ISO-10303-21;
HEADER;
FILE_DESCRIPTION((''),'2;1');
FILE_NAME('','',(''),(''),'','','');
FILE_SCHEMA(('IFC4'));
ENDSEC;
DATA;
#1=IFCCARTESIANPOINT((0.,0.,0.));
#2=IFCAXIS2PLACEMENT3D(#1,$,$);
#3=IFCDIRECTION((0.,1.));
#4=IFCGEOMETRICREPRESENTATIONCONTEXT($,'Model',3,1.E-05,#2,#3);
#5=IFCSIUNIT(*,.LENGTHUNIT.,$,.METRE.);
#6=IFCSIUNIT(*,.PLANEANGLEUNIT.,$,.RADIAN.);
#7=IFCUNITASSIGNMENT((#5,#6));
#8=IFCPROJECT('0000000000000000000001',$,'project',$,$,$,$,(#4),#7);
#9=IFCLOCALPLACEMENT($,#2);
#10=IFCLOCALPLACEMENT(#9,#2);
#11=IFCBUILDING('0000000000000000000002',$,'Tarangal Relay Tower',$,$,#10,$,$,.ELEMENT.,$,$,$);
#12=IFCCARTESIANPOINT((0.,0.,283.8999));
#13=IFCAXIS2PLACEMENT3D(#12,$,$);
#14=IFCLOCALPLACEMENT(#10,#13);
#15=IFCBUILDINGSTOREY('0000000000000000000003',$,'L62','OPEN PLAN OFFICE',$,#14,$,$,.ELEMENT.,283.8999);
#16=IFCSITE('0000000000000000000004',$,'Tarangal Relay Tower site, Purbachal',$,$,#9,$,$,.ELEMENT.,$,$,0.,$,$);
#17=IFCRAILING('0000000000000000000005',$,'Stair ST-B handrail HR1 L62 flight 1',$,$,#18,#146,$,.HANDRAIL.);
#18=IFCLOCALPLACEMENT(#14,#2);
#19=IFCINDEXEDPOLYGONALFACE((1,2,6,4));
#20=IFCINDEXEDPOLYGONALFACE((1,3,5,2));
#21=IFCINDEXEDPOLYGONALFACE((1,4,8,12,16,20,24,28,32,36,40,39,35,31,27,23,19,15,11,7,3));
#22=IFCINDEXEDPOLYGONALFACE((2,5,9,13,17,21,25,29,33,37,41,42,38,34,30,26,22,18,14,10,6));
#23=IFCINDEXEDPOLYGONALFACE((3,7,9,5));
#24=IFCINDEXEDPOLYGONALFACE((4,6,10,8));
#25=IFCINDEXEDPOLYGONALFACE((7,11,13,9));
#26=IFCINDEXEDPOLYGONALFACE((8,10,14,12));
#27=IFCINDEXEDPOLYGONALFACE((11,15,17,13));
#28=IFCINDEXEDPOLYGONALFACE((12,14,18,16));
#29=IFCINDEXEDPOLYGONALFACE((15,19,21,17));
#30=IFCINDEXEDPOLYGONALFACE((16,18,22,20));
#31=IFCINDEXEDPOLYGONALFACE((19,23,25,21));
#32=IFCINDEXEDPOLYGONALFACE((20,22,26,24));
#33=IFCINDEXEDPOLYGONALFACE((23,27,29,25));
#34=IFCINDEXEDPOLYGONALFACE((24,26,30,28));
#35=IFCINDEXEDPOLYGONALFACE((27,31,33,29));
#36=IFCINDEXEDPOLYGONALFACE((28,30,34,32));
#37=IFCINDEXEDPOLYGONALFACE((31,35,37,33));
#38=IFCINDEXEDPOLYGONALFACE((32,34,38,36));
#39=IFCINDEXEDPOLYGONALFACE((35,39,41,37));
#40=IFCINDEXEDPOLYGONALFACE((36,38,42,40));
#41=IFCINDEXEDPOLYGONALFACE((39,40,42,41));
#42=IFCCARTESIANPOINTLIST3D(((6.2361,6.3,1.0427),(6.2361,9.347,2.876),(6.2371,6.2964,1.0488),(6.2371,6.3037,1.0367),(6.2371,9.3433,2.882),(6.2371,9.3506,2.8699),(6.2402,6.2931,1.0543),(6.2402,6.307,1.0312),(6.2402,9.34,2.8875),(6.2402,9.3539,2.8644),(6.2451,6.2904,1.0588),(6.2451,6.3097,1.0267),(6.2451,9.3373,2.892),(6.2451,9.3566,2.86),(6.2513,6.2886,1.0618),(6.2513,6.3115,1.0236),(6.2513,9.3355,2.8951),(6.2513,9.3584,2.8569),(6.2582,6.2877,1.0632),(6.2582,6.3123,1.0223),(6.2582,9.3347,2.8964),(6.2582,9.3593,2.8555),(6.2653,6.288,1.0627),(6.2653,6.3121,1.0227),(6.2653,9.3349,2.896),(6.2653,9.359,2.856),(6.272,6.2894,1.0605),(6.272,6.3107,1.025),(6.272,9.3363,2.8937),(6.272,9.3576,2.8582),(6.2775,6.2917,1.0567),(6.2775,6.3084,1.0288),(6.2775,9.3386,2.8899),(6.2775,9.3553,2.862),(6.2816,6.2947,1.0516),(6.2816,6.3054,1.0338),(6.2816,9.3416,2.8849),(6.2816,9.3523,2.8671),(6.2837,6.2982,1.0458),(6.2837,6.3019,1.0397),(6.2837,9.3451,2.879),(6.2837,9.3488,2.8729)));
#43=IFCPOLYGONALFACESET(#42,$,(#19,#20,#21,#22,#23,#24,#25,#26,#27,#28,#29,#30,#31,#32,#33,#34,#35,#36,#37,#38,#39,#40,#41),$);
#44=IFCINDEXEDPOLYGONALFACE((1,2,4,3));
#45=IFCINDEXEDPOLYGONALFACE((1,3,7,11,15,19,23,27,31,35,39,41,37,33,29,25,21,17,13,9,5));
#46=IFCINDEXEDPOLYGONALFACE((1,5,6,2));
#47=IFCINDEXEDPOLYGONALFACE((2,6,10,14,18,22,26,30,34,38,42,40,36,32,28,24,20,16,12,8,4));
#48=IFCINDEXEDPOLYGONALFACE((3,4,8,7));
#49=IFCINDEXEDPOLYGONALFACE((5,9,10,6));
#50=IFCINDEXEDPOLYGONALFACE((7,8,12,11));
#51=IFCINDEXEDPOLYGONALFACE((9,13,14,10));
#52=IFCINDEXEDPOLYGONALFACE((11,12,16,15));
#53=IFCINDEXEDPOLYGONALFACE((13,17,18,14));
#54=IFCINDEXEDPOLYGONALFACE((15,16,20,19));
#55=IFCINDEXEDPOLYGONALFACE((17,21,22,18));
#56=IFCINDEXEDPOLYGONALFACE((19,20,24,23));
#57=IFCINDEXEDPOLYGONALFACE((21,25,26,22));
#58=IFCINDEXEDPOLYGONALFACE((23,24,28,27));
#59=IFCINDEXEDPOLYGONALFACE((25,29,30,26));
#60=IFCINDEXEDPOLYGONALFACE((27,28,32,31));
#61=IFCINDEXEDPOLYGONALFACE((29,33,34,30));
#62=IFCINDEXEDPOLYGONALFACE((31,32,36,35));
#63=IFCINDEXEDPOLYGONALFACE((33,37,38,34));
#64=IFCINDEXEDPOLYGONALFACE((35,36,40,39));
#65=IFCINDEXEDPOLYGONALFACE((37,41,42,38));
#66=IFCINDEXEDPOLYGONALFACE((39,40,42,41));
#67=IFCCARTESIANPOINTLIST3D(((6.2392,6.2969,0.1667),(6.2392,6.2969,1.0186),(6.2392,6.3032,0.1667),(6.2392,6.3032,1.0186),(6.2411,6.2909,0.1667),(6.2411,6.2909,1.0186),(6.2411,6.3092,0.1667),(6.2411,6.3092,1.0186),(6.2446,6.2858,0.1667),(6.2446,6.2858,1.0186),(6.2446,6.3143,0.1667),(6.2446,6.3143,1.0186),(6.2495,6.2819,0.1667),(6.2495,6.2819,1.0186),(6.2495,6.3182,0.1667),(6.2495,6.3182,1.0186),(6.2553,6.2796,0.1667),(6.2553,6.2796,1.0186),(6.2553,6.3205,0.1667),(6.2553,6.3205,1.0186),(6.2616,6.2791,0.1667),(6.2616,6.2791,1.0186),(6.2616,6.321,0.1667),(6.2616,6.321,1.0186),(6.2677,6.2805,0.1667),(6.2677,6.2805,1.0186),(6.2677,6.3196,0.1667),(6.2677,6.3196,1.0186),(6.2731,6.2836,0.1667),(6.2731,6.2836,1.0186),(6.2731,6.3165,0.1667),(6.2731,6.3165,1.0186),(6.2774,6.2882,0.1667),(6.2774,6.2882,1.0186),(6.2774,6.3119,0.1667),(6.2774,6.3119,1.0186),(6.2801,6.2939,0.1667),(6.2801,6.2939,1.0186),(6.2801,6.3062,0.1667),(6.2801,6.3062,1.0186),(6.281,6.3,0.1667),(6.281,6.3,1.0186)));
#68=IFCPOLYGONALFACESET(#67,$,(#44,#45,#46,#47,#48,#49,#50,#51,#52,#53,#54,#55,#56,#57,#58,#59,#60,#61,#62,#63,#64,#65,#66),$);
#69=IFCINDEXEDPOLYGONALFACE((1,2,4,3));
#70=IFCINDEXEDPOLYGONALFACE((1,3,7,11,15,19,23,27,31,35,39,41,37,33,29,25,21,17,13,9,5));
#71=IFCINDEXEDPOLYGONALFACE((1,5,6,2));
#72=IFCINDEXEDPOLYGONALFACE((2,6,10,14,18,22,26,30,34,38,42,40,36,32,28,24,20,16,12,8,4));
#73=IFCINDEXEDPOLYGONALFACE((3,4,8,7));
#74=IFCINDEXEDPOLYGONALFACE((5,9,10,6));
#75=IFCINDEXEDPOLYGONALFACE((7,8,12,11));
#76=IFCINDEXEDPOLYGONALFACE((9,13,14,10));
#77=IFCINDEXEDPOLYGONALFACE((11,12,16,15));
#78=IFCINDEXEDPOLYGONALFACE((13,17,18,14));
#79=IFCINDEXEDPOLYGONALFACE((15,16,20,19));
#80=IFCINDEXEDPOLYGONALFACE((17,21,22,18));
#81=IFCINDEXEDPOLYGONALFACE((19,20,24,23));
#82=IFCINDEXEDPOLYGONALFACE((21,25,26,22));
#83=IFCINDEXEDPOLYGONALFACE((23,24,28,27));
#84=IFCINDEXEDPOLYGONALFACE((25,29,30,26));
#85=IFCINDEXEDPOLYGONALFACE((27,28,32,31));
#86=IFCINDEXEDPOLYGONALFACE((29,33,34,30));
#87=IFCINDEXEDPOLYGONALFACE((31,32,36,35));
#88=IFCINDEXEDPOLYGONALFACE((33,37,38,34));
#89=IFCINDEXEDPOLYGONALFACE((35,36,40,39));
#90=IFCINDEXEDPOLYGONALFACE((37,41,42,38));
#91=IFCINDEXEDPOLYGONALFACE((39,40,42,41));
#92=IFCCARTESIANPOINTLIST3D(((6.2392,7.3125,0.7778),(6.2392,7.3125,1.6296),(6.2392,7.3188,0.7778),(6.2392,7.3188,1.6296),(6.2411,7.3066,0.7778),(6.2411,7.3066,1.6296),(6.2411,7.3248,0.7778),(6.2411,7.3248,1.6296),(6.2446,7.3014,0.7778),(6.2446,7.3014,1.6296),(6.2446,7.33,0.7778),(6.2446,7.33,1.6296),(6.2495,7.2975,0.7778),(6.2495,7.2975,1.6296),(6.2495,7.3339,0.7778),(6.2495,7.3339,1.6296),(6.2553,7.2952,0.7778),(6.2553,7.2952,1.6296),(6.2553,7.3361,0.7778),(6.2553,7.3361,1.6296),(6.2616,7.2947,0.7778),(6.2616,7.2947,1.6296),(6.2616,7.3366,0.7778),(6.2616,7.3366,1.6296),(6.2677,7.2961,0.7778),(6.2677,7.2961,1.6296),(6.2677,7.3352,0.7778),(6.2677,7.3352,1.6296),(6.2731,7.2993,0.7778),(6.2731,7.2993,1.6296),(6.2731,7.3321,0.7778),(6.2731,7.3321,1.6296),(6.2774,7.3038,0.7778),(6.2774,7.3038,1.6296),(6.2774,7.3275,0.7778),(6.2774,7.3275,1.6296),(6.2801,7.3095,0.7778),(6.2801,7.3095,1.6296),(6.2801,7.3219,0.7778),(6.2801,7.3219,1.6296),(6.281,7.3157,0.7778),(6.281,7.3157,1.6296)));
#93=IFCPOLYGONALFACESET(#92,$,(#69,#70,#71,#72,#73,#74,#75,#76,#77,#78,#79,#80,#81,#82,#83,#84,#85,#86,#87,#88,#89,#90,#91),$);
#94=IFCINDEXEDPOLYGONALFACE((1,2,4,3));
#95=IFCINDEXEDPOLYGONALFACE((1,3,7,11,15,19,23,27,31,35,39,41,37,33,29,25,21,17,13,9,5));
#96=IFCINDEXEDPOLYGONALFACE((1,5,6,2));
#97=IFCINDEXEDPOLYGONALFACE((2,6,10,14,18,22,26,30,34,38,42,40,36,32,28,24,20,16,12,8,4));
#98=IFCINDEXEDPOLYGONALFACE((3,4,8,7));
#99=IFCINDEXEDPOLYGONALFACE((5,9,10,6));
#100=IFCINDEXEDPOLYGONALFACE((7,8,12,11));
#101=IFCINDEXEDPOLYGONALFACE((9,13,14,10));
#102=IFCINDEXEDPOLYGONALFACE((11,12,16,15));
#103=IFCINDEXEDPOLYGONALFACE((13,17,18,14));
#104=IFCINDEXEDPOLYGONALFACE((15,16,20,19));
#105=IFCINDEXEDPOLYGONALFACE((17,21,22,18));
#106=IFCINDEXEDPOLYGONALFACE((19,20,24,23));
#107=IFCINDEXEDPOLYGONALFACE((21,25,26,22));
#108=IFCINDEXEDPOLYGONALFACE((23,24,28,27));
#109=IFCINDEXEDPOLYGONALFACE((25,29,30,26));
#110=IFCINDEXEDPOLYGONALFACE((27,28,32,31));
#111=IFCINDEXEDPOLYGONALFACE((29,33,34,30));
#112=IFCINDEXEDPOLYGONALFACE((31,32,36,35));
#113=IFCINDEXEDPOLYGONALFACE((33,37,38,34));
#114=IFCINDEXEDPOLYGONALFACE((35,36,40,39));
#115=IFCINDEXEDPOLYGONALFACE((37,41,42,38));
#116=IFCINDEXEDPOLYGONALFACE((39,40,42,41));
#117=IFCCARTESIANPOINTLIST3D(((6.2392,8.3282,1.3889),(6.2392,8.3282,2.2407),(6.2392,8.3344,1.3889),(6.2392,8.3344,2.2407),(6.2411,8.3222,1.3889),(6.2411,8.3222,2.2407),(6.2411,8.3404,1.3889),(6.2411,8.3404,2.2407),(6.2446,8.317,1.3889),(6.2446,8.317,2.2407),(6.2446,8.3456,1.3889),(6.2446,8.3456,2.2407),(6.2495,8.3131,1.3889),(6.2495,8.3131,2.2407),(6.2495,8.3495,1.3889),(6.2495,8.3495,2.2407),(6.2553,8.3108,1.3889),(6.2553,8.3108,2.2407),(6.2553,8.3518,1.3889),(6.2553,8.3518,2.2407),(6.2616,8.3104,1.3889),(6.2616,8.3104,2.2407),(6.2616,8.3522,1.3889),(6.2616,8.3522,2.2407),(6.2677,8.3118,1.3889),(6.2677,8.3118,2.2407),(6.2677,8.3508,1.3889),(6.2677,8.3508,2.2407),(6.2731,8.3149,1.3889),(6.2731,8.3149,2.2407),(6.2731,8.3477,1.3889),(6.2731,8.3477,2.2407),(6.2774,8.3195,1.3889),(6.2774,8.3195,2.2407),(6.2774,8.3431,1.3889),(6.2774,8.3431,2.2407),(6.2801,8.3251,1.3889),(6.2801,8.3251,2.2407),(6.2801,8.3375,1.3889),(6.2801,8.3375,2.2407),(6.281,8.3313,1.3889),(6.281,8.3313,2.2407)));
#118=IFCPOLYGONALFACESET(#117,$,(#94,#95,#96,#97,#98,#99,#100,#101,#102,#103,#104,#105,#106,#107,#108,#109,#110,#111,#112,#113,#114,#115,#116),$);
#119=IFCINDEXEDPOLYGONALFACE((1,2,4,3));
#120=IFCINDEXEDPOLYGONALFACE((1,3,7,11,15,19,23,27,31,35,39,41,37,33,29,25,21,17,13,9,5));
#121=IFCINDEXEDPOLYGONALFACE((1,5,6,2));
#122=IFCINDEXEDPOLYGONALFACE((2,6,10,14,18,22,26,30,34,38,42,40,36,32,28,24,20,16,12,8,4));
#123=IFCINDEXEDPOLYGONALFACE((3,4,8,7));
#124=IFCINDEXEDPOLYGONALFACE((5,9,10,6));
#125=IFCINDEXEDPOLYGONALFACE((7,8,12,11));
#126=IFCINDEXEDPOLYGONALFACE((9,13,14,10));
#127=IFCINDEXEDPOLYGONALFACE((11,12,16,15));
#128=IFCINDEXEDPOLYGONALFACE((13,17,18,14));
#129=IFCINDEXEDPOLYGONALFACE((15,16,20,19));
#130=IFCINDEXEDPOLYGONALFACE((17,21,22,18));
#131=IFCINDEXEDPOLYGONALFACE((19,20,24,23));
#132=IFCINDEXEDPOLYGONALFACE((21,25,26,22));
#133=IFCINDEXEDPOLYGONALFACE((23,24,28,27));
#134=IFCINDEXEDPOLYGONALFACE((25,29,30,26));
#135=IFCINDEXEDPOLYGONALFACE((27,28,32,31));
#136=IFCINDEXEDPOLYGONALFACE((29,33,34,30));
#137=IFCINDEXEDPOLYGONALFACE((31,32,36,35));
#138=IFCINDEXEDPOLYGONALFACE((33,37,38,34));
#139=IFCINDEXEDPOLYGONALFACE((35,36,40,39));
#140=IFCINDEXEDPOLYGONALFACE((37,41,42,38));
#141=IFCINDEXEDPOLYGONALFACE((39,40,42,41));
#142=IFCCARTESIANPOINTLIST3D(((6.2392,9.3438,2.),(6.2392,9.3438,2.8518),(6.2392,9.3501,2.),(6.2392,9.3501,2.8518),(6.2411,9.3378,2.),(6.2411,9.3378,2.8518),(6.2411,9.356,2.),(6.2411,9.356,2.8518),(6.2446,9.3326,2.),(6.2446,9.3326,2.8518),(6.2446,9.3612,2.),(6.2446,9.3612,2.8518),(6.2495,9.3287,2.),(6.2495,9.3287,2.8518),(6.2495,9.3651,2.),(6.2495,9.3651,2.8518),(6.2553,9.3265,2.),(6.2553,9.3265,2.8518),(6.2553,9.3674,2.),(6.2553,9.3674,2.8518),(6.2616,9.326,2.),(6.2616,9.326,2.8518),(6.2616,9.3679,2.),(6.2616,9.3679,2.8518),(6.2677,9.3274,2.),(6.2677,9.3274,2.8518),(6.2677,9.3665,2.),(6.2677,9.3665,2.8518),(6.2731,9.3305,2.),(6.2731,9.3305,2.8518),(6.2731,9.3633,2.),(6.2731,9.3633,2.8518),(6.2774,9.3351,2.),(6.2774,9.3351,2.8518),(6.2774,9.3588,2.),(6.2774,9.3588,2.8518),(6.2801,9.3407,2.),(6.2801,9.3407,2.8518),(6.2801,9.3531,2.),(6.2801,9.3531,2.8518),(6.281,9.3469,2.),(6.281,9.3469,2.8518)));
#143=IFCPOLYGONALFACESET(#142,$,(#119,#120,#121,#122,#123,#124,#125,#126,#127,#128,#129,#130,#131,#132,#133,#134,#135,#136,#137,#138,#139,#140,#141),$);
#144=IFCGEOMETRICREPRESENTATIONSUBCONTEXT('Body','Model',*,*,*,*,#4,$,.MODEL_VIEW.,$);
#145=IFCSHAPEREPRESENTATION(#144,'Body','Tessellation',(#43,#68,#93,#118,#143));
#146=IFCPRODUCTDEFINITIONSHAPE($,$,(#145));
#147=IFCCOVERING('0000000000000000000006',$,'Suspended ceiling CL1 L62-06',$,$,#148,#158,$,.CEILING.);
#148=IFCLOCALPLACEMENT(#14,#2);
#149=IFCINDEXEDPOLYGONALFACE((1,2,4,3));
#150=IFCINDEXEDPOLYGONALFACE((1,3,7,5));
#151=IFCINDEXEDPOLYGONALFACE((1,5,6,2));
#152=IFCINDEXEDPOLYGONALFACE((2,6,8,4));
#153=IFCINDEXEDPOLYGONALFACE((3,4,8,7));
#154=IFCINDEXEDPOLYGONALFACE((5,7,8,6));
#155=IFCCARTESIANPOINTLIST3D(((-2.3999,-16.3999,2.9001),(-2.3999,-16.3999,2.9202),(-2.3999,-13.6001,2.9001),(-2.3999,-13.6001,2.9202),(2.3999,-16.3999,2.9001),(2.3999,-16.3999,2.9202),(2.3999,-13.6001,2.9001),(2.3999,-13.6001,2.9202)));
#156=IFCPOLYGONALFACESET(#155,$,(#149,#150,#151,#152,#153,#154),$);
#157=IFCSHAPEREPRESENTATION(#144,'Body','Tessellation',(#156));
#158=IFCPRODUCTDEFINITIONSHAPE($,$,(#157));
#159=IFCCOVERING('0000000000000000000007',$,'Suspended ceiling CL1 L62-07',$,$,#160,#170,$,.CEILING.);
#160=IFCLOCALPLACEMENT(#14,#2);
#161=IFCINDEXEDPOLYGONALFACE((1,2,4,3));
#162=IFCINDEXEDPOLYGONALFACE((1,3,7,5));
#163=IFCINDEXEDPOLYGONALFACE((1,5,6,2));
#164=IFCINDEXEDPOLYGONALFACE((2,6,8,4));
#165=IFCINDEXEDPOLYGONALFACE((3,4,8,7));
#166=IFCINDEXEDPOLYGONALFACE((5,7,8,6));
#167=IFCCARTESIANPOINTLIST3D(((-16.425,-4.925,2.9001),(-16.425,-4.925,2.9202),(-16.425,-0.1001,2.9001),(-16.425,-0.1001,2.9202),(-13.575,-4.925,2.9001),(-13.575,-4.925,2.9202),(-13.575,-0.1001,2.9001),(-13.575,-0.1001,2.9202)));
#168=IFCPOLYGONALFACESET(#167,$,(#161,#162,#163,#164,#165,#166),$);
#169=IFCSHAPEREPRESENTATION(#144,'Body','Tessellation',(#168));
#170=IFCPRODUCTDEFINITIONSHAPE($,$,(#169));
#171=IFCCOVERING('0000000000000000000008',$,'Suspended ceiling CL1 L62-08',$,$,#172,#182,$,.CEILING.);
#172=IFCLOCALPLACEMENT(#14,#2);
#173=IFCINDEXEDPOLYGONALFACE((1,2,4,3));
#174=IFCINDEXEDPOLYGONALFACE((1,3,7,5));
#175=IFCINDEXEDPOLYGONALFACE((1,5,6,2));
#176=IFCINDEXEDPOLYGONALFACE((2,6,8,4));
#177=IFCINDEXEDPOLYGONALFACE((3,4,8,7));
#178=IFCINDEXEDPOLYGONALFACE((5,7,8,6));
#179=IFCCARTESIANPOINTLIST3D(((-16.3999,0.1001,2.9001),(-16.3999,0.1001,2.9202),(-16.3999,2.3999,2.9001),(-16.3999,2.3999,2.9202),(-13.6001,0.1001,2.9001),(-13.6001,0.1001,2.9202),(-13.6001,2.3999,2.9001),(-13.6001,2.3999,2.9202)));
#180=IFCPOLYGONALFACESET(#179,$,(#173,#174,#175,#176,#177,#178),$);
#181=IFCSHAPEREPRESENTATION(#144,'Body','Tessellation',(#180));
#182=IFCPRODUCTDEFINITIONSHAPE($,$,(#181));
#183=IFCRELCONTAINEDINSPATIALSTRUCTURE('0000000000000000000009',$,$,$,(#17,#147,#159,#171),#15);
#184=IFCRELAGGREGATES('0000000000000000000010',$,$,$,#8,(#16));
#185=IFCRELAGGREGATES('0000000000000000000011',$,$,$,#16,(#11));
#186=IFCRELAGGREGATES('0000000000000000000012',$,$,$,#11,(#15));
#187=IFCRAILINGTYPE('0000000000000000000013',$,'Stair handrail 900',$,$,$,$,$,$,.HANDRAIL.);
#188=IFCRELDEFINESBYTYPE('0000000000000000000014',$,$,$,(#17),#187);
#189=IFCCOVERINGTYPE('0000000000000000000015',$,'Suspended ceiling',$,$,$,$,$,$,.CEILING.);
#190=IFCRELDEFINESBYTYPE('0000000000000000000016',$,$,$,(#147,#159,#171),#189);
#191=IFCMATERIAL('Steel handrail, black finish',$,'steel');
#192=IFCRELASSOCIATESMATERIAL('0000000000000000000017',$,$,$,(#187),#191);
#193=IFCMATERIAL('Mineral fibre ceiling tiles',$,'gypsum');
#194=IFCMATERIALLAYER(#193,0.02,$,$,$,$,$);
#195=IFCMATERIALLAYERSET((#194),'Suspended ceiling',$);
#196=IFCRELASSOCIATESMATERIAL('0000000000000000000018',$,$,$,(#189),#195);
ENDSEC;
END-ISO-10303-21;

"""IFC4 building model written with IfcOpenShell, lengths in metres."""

from ifc_helpers import new_model, si_unit, direction, frame, origin, origin_2d, place, context, subcontext, project, spatial, polyline, circle, outline, extrude, material, layer, layer_set, type_object, element, save


model = new_model("IFC4")

# Units and contexts
model_context = context("Model", 3, precision=1e-05, world=origin(), true_north=direction((0.0, 1.0)))
body_context = subcontext(model_context, "Body", "Model", "MODEL_VIEW")
ifc_project = project(units=[si_unit("LENGTHUNIT", "METRE"), si_unit("PLANEANGLEUNIT", "RADIAN")], contexts=[model_context])

# Site, building, storey
site_placement = place(None, origin())
site = spatial("IfcSite", under=ifc_project, at=site_placement, Name="Tarangal Relay Tower site, Purbachal", CompositionType="ELEMENT", RefElevation=0.0)
building_placement = place(site_placement, origin())
building = spatial("IfcBuilding", under=site, at=building_placement, Name="Tarangal Relay Tower", CompositionType="ELEMENT")
storey_placement = place(building_placement, frame((0.0, 0.0, 283.8999)))
storey = spatial("IfcBuildingStorey", under=building, at=storey_placement, Name="L62", Description="OPEN PLAN OFFICE", CompositionType="ELEMENT", Elevation=283.8999)

# Railing
ifc_material_1 = material(Name="Steel handrail, black finish", Category="steel")
railing_type_1 = type_object("IfcRailingType", Name="Stair handrail 900", PredefinedType="HANDRAIL", material=ifc_material_1)
railing_1_placement = place(storey_placement, frame((6.26, 6.3, 0.1667)))
element("IfcRailing", 1, at=railing_1_placement, inside=storey, type_object=railing_type_1, Name="Stair ST-B handrail HR1 L62 flight 1", PredefinedType="HANDRAIL", context=body_context, shape_type="SweptSolid", body=[
    extrude(circle(Radius=0.0239, at=origin_2d()), frame((0.0, 0.0, 0.876), z_axis=(0.0, 0.856856, 0.515556), x_axis=(-1.0, 0.0, 0.0)), (0.0, 0.0, 1.0), 3.5559),
    extrude(circle(Radius=0.021, at=origin_2d()), origin(), (0.0, 0.0, 1.0), 0.8518),
    extrude(circle(Radius=0.021, at=origin_2d()), frame((0.0, 1.0156, 0.6111)), (0.0, 0.0, 1.0), 0.8518),
    extrude(circle(Radius=0.021, at=origin_2d()), frame((0.0, 2.0312, 1.2222)), (0.0, 0.0, 1.0), 0.8518),
    extrude(circle(Radius=0.021, at=origin_2d()), frame((0.0, 3.0469, 1.8333)), (0.0, 0.0, 1.0), 0.8518),
])

# Coverings
ifc_material_2 = material(Name="Mineral fibre ceiling tiles", Category="gypsum")
ifc_layer_1 = layer(ifc_material_2, 0.02)
ifc_layer_set_1 = layer_set([ifc_layer_1], Name="Suspended ceiling")
covering_type = type_object("IfcCoveringType", Name="Suspended ceiling", PredefinedType="CEILING", material=ifc_layer_set_1)
covering_1_placement = place(storey_placement, frame((0.0, 0.0, 2.9001)))
element("IfcCovering", 2, at=covering_1_placement, inside=storey, type_object=covering_type, Name="Suspended ceiling CL1 L62-06", PredefinedType="CEILING", context=body_context, shape_type="SweptSolid", body=[
    extrude(outline(polyline([(-2.3999, -16.3999), (2.3999, -16.3999), (2.3999, -13.6001), (-2.3999, -13.6001), (-2.3999, -16.3999)])), origin(), (0.0, 0.0, 1.0), 0.02),
])
covering_2_placement = place(storey_placement, frame((0.0, 0.0, 2.9001)))
element("IfcCovering", 3, at=covering_2_placement, inside=storey, type_object=covering_type, Name="Suspended ceiling CL1 L62-07", PredefinedType="CEILING", context=body_context, shape_type="SweptSolid", body=[
    extrude(outline(polyline([(-16.425, -4.925), (-13.575, -4.925), (-13.575, -0.1001), (-16.425, -0.1001), (-16.425, -4.925)])), origin(), (0.0, 0.0, 1.0), 0.02),
])
covering_3_placement = place(storey_placement, frame((0.0, 0.0, 2.9001)))
element("IfcCovering", 4, at=covering_3_placement, inside=storey, type_object=covering_type, Name="Suspended ceiling CL1 L62-08", PredefinedType="CEILING", context=body_context, shape_type="SweptSolid", body=[
    extrude(outline(polyline([(-13.6001, 2.3999), (-16.3999, 2.3999), (-16.3999, 0.1001), (-13.6001, 0.1001), (-13.6001, 2.3999)])), origin(), (0.0, 0.0, 1.0), 0.02),
])

save(model, "model.ifc")
